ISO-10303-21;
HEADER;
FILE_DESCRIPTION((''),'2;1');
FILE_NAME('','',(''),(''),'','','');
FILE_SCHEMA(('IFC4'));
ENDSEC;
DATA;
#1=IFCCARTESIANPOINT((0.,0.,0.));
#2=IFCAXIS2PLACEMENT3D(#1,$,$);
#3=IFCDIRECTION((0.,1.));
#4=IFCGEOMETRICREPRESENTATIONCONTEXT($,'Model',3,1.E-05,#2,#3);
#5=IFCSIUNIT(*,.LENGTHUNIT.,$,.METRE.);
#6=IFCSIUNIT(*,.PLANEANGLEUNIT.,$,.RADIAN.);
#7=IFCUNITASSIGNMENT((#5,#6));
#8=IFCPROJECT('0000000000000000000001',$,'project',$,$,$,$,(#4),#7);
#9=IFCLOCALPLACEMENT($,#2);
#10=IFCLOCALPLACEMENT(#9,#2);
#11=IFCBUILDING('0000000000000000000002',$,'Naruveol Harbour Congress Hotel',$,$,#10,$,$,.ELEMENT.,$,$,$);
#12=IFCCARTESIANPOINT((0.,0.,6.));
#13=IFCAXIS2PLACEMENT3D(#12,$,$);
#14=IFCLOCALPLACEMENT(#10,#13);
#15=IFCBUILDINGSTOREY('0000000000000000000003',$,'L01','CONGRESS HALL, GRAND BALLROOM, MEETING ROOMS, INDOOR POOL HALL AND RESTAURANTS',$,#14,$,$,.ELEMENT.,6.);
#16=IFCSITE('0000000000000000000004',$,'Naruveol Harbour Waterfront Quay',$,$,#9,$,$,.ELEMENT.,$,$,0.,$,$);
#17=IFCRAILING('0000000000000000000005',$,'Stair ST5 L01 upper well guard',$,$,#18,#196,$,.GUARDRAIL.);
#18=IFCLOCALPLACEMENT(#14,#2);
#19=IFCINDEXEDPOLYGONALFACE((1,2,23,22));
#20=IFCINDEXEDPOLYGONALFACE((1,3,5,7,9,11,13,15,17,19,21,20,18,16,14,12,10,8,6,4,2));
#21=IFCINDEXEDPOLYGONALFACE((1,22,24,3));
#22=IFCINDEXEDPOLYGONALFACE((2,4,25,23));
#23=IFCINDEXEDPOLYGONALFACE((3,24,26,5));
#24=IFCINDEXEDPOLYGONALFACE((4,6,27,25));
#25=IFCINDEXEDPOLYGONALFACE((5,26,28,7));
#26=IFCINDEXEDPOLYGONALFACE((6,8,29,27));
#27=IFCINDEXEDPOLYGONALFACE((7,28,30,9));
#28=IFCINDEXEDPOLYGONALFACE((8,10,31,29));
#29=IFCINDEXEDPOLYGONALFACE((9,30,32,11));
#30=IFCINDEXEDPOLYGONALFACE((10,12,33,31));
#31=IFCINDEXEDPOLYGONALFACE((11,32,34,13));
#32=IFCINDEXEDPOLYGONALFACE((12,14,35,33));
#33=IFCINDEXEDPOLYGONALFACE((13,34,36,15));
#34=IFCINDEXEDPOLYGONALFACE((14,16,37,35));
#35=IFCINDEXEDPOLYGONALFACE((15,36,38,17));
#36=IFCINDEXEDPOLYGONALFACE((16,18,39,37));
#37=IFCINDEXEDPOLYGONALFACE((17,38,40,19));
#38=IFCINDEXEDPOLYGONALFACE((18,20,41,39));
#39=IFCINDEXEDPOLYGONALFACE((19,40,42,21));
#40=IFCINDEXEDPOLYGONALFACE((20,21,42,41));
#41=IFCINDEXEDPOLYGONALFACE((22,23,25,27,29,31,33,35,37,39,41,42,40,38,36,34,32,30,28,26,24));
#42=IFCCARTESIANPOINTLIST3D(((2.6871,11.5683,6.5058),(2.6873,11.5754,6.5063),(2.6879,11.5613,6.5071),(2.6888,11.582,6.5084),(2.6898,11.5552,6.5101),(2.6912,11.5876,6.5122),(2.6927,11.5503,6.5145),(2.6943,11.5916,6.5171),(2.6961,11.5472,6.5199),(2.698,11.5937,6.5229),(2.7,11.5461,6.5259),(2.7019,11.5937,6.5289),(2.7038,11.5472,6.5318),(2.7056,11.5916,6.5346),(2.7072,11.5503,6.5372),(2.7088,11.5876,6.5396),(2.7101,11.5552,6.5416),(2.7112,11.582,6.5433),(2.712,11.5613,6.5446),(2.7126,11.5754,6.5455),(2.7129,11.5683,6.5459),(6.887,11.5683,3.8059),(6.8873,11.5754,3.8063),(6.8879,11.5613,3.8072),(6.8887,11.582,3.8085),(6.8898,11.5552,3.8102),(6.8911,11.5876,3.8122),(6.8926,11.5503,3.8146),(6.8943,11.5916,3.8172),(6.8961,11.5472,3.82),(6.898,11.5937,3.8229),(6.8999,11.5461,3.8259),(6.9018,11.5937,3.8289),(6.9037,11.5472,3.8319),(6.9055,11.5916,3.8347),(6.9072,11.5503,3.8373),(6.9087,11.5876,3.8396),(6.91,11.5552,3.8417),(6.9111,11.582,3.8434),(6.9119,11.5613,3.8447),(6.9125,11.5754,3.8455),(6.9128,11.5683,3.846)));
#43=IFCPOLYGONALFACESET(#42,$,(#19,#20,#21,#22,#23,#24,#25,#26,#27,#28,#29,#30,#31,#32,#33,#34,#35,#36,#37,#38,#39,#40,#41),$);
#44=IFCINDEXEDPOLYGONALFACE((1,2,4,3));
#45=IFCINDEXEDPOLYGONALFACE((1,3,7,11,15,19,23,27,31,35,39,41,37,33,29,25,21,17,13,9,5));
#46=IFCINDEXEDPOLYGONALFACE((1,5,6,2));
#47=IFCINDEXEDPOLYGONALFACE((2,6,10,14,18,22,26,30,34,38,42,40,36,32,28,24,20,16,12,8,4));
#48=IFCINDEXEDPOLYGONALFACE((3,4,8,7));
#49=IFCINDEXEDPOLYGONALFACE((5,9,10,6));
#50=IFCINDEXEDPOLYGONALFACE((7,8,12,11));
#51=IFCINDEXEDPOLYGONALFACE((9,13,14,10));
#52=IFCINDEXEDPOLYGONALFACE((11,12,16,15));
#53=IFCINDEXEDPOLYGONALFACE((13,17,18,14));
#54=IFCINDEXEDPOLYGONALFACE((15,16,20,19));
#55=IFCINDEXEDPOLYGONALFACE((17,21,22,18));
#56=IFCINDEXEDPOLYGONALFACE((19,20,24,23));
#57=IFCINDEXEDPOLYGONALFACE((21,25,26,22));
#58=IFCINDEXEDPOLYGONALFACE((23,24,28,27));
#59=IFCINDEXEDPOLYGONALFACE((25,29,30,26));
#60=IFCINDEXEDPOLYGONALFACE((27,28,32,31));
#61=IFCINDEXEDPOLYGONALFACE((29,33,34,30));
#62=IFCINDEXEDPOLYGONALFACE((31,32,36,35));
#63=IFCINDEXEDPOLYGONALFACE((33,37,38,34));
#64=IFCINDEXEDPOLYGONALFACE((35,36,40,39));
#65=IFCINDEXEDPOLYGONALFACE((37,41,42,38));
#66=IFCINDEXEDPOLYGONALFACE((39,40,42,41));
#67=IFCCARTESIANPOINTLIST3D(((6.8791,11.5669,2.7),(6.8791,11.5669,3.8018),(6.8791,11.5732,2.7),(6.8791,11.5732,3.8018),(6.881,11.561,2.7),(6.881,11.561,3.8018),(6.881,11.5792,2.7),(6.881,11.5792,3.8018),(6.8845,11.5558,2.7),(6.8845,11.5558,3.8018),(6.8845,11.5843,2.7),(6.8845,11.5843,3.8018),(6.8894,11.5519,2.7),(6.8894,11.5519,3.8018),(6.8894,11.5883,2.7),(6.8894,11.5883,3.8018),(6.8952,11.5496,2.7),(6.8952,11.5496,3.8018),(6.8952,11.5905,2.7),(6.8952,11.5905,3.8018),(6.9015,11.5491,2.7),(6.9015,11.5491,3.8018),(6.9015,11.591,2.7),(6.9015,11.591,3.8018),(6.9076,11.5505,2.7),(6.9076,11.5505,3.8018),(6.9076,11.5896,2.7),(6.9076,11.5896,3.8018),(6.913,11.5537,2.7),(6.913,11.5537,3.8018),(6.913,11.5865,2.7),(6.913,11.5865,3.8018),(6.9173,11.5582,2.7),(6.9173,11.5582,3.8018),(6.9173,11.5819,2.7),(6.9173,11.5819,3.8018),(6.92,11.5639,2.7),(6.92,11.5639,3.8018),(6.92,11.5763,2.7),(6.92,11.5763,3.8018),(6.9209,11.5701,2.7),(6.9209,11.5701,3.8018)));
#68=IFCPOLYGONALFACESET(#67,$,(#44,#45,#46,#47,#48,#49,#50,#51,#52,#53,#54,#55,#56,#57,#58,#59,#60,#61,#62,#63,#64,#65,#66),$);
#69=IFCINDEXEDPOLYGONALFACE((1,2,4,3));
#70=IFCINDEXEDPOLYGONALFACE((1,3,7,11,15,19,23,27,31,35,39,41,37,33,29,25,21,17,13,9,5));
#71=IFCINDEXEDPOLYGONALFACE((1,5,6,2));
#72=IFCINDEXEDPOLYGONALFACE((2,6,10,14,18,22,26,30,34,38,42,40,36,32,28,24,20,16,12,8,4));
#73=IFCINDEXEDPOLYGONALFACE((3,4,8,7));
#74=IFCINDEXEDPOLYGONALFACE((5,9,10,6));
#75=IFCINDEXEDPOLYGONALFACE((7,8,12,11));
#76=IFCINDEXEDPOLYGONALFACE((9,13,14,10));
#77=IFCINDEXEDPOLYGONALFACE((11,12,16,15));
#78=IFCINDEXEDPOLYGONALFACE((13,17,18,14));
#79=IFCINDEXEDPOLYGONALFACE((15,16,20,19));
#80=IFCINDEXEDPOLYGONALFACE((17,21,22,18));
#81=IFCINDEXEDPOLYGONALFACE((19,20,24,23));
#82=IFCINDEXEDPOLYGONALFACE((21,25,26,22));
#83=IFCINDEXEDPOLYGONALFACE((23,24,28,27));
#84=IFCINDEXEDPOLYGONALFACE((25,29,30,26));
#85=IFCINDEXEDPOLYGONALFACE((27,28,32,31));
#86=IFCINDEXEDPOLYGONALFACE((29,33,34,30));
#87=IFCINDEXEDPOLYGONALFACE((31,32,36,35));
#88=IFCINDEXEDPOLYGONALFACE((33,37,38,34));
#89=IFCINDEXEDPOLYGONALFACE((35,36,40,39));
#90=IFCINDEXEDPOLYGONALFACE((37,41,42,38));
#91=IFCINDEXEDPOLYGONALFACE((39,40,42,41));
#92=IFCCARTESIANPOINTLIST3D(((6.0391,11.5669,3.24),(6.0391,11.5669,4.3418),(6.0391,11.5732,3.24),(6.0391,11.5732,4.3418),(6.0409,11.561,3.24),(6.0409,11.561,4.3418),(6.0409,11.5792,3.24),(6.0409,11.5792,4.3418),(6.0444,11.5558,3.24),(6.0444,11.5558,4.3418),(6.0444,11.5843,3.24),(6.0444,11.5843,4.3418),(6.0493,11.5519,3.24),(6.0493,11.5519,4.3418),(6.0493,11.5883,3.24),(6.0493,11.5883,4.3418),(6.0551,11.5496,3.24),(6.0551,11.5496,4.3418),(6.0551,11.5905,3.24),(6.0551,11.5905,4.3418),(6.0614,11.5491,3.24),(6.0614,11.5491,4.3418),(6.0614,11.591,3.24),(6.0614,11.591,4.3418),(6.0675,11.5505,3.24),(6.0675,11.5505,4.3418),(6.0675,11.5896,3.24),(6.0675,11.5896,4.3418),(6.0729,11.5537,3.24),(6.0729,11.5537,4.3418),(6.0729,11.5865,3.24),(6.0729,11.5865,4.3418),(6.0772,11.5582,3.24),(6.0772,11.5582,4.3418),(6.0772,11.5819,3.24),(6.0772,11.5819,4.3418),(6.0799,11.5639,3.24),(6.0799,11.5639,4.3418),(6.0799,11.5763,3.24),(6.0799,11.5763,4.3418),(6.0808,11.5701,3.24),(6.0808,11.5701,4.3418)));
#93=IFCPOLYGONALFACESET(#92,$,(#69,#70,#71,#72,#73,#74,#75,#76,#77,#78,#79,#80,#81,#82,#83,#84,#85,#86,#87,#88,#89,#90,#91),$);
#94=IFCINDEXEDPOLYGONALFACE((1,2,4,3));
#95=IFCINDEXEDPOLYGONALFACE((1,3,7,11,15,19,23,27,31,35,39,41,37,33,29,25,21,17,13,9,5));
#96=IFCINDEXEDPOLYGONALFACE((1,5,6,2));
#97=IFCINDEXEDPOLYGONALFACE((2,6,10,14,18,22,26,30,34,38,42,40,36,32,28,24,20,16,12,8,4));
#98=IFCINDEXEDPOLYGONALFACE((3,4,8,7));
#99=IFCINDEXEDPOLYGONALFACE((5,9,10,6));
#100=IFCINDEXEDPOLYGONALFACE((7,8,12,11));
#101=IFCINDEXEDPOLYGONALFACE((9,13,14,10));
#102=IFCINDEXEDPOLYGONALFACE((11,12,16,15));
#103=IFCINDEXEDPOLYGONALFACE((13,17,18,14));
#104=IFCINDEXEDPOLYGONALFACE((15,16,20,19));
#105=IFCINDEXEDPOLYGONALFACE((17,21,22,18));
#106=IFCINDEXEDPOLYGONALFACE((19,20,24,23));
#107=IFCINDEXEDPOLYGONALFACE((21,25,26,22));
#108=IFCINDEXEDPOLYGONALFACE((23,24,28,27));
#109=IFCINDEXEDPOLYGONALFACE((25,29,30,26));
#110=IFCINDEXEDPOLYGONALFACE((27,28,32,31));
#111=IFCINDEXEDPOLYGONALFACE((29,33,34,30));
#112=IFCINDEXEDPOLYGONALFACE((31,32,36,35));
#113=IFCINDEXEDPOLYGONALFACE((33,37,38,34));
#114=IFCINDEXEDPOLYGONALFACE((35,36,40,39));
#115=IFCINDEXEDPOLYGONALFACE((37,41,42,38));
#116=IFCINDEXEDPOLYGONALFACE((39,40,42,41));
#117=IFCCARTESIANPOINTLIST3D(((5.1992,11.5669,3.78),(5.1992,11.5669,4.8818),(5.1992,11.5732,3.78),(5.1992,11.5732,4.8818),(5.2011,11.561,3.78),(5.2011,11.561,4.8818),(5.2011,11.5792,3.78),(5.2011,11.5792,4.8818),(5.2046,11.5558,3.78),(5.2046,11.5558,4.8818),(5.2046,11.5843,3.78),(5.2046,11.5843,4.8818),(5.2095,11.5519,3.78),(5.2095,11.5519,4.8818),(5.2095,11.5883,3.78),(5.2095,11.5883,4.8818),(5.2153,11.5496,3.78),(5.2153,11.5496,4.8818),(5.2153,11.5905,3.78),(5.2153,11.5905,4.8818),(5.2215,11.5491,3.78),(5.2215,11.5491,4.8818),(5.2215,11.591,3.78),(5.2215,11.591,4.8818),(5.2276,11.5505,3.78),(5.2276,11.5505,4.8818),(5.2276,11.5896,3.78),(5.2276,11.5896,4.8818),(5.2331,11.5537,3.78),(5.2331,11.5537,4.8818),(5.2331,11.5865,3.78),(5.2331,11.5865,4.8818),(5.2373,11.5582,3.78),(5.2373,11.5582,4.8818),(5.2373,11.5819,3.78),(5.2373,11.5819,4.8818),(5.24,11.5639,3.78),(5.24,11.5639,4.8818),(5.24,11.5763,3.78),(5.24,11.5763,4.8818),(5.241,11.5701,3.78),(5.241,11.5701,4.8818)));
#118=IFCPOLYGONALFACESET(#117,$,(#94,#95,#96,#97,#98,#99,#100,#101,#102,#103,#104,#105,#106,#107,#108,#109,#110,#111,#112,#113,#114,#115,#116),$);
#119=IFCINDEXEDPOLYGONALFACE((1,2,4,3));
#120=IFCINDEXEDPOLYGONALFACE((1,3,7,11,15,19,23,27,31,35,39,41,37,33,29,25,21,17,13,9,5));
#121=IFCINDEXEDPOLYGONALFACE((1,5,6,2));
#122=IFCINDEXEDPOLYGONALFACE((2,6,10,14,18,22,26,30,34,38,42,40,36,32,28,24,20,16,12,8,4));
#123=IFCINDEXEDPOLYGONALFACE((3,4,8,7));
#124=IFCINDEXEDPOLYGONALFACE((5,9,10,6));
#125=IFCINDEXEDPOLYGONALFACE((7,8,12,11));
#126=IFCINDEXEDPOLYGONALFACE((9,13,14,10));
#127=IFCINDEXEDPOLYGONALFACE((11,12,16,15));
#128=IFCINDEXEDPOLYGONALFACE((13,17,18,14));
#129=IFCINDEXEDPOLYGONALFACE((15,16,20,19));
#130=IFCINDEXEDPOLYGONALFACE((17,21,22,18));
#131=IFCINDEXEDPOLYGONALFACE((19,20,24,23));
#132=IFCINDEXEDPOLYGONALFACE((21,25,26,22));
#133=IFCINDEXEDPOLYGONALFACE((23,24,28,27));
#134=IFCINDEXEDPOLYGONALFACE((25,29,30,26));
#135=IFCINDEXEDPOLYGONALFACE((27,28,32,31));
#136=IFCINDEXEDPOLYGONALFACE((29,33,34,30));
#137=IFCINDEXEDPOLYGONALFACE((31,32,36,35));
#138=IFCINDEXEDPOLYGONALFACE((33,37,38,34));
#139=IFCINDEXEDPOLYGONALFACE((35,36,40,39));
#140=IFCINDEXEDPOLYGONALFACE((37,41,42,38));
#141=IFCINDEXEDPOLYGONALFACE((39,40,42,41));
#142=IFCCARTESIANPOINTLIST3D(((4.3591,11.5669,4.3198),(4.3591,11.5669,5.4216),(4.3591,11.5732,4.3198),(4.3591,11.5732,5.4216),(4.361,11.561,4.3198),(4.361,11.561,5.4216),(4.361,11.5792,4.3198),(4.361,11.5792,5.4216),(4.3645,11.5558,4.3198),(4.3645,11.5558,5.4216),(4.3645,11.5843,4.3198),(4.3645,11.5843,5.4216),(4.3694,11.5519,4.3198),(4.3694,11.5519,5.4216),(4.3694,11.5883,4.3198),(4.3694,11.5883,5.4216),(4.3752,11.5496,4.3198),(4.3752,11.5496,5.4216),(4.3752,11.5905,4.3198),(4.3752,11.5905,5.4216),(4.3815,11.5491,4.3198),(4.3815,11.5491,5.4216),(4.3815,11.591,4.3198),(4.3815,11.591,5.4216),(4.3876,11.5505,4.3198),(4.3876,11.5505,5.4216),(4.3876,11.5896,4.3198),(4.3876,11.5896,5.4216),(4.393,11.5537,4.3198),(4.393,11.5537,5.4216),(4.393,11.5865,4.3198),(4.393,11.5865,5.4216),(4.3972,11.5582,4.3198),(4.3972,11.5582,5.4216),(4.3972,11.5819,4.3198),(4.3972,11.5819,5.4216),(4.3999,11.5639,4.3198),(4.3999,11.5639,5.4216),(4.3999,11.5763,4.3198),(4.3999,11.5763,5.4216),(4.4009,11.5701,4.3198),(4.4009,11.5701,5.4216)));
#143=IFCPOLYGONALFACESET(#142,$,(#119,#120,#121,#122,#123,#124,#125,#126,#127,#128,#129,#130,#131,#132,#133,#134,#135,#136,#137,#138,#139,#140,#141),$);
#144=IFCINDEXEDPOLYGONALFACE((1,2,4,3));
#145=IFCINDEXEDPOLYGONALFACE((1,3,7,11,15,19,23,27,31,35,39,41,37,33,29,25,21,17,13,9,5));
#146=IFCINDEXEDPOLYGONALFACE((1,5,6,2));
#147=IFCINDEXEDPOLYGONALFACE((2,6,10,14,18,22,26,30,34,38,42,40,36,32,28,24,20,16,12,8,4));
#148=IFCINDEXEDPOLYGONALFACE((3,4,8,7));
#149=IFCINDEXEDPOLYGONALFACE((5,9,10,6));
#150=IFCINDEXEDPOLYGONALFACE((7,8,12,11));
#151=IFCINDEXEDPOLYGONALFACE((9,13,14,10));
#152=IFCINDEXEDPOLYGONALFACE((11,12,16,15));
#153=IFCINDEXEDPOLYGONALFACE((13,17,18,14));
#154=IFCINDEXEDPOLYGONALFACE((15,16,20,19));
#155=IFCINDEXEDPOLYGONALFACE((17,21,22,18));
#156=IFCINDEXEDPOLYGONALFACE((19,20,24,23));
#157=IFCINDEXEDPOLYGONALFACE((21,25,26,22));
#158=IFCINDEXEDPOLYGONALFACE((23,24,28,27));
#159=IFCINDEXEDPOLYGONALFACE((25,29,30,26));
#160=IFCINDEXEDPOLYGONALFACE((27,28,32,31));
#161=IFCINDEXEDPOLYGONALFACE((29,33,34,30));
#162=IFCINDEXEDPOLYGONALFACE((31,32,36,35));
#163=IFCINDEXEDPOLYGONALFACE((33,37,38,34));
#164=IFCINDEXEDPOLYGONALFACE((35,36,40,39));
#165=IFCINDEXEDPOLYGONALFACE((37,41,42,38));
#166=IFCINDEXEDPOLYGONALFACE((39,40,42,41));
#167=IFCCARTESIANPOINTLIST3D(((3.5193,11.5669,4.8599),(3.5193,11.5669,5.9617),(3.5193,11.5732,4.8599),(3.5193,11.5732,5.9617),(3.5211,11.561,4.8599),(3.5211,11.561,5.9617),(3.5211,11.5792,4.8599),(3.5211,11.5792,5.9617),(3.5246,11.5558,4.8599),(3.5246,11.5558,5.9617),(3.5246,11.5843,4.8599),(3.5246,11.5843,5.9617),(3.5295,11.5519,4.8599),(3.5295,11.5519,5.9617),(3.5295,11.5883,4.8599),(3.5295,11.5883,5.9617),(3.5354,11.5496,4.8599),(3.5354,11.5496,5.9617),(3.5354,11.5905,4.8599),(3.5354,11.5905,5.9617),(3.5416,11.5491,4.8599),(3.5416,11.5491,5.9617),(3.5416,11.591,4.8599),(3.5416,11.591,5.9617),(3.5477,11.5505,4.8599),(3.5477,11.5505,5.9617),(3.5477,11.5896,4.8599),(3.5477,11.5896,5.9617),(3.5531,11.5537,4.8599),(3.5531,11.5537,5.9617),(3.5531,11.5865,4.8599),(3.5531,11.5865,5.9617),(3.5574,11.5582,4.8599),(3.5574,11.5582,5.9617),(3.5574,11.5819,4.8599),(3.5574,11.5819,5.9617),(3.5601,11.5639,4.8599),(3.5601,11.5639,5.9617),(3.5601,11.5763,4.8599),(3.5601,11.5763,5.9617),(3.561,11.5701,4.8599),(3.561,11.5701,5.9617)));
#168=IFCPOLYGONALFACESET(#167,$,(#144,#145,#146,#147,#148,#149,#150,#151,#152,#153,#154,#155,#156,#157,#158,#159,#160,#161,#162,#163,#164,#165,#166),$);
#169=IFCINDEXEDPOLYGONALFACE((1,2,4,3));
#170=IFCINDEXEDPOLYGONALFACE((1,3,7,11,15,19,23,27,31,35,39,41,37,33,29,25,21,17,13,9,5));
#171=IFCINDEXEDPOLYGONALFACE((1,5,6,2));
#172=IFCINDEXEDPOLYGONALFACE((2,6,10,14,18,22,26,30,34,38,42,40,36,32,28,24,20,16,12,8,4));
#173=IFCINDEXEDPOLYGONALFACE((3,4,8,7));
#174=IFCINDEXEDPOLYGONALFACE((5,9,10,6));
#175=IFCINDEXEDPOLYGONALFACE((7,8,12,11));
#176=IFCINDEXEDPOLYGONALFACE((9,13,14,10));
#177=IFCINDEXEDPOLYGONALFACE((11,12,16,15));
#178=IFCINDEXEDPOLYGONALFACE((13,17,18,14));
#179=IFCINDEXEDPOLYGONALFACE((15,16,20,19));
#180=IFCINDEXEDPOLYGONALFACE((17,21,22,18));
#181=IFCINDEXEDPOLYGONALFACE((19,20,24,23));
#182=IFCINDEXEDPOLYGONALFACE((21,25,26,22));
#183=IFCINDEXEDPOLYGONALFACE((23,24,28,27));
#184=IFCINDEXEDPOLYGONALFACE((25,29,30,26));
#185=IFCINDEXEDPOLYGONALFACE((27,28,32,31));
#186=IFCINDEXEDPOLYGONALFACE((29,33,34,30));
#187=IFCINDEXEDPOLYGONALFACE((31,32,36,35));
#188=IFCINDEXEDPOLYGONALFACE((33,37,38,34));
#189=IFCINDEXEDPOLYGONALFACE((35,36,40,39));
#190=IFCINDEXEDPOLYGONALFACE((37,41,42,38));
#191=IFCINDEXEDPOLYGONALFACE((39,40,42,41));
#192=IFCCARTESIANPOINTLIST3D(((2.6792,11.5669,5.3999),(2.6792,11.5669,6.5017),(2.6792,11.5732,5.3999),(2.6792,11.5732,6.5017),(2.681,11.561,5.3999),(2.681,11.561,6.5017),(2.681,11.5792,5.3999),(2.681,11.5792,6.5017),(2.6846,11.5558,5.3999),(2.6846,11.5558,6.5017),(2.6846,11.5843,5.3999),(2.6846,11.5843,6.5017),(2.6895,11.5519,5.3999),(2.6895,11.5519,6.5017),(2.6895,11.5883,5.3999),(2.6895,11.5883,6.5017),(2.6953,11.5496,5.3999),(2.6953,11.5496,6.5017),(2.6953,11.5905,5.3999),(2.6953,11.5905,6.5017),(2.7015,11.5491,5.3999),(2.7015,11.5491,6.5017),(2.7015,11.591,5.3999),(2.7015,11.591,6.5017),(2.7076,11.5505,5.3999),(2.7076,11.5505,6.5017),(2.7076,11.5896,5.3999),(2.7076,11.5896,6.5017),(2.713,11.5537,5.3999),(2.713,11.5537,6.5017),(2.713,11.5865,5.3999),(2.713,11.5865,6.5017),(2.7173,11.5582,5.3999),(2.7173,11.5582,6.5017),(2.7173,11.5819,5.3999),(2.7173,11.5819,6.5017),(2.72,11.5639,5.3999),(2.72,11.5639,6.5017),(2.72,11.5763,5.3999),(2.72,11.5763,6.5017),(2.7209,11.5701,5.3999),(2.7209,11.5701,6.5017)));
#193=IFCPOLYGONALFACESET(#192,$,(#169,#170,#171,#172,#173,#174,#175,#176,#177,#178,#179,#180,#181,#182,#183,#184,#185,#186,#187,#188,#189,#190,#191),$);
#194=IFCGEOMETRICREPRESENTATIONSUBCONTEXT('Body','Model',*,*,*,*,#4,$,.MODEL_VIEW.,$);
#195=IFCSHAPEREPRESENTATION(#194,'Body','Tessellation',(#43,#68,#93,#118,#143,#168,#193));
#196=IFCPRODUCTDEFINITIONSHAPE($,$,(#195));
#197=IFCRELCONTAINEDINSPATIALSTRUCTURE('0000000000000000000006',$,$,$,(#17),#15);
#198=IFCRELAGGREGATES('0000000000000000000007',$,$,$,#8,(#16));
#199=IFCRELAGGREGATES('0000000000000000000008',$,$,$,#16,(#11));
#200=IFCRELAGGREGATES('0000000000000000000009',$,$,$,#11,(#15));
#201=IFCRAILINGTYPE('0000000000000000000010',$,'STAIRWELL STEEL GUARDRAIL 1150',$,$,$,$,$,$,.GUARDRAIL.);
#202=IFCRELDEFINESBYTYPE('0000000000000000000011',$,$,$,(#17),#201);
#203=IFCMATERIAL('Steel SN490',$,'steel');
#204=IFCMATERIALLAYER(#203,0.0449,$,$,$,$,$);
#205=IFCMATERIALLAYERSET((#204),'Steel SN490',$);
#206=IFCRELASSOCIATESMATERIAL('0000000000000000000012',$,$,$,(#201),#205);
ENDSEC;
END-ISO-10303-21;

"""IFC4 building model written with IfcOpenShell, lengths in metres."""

from ifc_helpers import new_model, si_unit, direction, frame, origin, origin_2d, place, context, subcontext, project, spatial, circle, extrude, material, layer, layer_set, type_object, element, save


model = new_model("IFC4")

# Units and contexts
model_context = context("Model", 3, precision=1e-05, world=origin(), true_north=direction((0.0, 1.0)))
body_context = subcontext(model_context, "Body", "Model", "MODEL_VIEW")
ifc_project = project(units=[si_unit("LENGTHUNIT", "METRE"), si_unit("PLANEANGLEUNIT", "RADIAN")], contexts=[model_context])

# Site, building, storey
site_placement = place(None, origin())
site = spatial("IfcSite", under=ifc_project, at=site_placement, Name="Naruveol Harbour Waterfront Quay", CompositionType="ELEMENT", RefElevation=0.0)
building_placement = place(site_placement, origin())
building = spatial("IfcBuilding", under=site, at=building_placement, Name="Naruveol Harbour Congress Hotel", CompositionType="ELEMENT")
storey_placement = place(building_placement, frame((0.0, 0.0, 6.0)))
storey = spatial("IfcBuildingStorey", under=building, at=storey_placement, Name="L01", Description="CONGRESS HALL, GRAND BALLROOM, MEETING ROOMS, INDOOR POOL HALL AND RESTAURANTS", CompositionType="ELEMENT", Elevation=6.0)

# Railing
ifc_material_1 = material(Name="Steel SN490", Category="steel")
ifc_layer_1 = layer(ifc_material_1, 0.0449)
ifc_layer_set_1 = layer_set([ifc_layer_1], Name="Steel SN490")
railing_type_1 = type_object("IfcRailingType", Name="STAIRWELL STEEL GUARDRAIL 1150", PredefinedType="GUARDRAIL", material=ifc_layer_set_1)
railing_1_placement = place(storey_placement, frame((6.8999, 11.5701, 2.7)))
element("IfcRailing", 1, at=railing_1_placement, inside=storey, type_object=railing_type_1, Name="Stair ST5 L01 upper well guard", PredefinedType="GUARDRAIL", context=body_context, shape_type="SweptSolid", body=[
    extrude(circle(Radius=0.0239, at=origin_2d()), frame((0.0, 0.0, 1.126), z_axis=(-0.84118, 0.0, 0.540755), x_axis=(0.0, -1.0, 0.0)), (0.0, 0.0, 1.0), 4.9929),
    extrude(circle(Radius=0.021, at=origin_2d()), origin(), (0.0, 0.0, 1.0), 1.1018),
    extrude(circle(Radius=0.021, at=origin_2d()), frame((-0.8401, 0.0, 0.54)), (0.0, 0.0, 1.0), 1.1018),
    extrude(circle(Radius=0.021, at=origin_2d()), frame((-1.6799, 0.0, 1.0801)), (0.0, 0.0, 1.0), 1.1018),
    extrude(circle(Radius=0.021, at=origin_2d()), frame((-2.52, 0.0, 1.6199)), (0.0, 0.0, 1.0), 1.1018),
    extrude(circle(Radius=0.021, at=origin_2d()), frame((-3.3599, 0.0, 2.1599)), (0.0, 0.0, 1.0), 1.1018),
    extrude(circle(Radius=0.021, at=origin_2d()), frame((-4.2, 0.0, 2.7)), (0.0, 0.0, 1.0), 1.1018),
])

save(model, "model.ifc")
